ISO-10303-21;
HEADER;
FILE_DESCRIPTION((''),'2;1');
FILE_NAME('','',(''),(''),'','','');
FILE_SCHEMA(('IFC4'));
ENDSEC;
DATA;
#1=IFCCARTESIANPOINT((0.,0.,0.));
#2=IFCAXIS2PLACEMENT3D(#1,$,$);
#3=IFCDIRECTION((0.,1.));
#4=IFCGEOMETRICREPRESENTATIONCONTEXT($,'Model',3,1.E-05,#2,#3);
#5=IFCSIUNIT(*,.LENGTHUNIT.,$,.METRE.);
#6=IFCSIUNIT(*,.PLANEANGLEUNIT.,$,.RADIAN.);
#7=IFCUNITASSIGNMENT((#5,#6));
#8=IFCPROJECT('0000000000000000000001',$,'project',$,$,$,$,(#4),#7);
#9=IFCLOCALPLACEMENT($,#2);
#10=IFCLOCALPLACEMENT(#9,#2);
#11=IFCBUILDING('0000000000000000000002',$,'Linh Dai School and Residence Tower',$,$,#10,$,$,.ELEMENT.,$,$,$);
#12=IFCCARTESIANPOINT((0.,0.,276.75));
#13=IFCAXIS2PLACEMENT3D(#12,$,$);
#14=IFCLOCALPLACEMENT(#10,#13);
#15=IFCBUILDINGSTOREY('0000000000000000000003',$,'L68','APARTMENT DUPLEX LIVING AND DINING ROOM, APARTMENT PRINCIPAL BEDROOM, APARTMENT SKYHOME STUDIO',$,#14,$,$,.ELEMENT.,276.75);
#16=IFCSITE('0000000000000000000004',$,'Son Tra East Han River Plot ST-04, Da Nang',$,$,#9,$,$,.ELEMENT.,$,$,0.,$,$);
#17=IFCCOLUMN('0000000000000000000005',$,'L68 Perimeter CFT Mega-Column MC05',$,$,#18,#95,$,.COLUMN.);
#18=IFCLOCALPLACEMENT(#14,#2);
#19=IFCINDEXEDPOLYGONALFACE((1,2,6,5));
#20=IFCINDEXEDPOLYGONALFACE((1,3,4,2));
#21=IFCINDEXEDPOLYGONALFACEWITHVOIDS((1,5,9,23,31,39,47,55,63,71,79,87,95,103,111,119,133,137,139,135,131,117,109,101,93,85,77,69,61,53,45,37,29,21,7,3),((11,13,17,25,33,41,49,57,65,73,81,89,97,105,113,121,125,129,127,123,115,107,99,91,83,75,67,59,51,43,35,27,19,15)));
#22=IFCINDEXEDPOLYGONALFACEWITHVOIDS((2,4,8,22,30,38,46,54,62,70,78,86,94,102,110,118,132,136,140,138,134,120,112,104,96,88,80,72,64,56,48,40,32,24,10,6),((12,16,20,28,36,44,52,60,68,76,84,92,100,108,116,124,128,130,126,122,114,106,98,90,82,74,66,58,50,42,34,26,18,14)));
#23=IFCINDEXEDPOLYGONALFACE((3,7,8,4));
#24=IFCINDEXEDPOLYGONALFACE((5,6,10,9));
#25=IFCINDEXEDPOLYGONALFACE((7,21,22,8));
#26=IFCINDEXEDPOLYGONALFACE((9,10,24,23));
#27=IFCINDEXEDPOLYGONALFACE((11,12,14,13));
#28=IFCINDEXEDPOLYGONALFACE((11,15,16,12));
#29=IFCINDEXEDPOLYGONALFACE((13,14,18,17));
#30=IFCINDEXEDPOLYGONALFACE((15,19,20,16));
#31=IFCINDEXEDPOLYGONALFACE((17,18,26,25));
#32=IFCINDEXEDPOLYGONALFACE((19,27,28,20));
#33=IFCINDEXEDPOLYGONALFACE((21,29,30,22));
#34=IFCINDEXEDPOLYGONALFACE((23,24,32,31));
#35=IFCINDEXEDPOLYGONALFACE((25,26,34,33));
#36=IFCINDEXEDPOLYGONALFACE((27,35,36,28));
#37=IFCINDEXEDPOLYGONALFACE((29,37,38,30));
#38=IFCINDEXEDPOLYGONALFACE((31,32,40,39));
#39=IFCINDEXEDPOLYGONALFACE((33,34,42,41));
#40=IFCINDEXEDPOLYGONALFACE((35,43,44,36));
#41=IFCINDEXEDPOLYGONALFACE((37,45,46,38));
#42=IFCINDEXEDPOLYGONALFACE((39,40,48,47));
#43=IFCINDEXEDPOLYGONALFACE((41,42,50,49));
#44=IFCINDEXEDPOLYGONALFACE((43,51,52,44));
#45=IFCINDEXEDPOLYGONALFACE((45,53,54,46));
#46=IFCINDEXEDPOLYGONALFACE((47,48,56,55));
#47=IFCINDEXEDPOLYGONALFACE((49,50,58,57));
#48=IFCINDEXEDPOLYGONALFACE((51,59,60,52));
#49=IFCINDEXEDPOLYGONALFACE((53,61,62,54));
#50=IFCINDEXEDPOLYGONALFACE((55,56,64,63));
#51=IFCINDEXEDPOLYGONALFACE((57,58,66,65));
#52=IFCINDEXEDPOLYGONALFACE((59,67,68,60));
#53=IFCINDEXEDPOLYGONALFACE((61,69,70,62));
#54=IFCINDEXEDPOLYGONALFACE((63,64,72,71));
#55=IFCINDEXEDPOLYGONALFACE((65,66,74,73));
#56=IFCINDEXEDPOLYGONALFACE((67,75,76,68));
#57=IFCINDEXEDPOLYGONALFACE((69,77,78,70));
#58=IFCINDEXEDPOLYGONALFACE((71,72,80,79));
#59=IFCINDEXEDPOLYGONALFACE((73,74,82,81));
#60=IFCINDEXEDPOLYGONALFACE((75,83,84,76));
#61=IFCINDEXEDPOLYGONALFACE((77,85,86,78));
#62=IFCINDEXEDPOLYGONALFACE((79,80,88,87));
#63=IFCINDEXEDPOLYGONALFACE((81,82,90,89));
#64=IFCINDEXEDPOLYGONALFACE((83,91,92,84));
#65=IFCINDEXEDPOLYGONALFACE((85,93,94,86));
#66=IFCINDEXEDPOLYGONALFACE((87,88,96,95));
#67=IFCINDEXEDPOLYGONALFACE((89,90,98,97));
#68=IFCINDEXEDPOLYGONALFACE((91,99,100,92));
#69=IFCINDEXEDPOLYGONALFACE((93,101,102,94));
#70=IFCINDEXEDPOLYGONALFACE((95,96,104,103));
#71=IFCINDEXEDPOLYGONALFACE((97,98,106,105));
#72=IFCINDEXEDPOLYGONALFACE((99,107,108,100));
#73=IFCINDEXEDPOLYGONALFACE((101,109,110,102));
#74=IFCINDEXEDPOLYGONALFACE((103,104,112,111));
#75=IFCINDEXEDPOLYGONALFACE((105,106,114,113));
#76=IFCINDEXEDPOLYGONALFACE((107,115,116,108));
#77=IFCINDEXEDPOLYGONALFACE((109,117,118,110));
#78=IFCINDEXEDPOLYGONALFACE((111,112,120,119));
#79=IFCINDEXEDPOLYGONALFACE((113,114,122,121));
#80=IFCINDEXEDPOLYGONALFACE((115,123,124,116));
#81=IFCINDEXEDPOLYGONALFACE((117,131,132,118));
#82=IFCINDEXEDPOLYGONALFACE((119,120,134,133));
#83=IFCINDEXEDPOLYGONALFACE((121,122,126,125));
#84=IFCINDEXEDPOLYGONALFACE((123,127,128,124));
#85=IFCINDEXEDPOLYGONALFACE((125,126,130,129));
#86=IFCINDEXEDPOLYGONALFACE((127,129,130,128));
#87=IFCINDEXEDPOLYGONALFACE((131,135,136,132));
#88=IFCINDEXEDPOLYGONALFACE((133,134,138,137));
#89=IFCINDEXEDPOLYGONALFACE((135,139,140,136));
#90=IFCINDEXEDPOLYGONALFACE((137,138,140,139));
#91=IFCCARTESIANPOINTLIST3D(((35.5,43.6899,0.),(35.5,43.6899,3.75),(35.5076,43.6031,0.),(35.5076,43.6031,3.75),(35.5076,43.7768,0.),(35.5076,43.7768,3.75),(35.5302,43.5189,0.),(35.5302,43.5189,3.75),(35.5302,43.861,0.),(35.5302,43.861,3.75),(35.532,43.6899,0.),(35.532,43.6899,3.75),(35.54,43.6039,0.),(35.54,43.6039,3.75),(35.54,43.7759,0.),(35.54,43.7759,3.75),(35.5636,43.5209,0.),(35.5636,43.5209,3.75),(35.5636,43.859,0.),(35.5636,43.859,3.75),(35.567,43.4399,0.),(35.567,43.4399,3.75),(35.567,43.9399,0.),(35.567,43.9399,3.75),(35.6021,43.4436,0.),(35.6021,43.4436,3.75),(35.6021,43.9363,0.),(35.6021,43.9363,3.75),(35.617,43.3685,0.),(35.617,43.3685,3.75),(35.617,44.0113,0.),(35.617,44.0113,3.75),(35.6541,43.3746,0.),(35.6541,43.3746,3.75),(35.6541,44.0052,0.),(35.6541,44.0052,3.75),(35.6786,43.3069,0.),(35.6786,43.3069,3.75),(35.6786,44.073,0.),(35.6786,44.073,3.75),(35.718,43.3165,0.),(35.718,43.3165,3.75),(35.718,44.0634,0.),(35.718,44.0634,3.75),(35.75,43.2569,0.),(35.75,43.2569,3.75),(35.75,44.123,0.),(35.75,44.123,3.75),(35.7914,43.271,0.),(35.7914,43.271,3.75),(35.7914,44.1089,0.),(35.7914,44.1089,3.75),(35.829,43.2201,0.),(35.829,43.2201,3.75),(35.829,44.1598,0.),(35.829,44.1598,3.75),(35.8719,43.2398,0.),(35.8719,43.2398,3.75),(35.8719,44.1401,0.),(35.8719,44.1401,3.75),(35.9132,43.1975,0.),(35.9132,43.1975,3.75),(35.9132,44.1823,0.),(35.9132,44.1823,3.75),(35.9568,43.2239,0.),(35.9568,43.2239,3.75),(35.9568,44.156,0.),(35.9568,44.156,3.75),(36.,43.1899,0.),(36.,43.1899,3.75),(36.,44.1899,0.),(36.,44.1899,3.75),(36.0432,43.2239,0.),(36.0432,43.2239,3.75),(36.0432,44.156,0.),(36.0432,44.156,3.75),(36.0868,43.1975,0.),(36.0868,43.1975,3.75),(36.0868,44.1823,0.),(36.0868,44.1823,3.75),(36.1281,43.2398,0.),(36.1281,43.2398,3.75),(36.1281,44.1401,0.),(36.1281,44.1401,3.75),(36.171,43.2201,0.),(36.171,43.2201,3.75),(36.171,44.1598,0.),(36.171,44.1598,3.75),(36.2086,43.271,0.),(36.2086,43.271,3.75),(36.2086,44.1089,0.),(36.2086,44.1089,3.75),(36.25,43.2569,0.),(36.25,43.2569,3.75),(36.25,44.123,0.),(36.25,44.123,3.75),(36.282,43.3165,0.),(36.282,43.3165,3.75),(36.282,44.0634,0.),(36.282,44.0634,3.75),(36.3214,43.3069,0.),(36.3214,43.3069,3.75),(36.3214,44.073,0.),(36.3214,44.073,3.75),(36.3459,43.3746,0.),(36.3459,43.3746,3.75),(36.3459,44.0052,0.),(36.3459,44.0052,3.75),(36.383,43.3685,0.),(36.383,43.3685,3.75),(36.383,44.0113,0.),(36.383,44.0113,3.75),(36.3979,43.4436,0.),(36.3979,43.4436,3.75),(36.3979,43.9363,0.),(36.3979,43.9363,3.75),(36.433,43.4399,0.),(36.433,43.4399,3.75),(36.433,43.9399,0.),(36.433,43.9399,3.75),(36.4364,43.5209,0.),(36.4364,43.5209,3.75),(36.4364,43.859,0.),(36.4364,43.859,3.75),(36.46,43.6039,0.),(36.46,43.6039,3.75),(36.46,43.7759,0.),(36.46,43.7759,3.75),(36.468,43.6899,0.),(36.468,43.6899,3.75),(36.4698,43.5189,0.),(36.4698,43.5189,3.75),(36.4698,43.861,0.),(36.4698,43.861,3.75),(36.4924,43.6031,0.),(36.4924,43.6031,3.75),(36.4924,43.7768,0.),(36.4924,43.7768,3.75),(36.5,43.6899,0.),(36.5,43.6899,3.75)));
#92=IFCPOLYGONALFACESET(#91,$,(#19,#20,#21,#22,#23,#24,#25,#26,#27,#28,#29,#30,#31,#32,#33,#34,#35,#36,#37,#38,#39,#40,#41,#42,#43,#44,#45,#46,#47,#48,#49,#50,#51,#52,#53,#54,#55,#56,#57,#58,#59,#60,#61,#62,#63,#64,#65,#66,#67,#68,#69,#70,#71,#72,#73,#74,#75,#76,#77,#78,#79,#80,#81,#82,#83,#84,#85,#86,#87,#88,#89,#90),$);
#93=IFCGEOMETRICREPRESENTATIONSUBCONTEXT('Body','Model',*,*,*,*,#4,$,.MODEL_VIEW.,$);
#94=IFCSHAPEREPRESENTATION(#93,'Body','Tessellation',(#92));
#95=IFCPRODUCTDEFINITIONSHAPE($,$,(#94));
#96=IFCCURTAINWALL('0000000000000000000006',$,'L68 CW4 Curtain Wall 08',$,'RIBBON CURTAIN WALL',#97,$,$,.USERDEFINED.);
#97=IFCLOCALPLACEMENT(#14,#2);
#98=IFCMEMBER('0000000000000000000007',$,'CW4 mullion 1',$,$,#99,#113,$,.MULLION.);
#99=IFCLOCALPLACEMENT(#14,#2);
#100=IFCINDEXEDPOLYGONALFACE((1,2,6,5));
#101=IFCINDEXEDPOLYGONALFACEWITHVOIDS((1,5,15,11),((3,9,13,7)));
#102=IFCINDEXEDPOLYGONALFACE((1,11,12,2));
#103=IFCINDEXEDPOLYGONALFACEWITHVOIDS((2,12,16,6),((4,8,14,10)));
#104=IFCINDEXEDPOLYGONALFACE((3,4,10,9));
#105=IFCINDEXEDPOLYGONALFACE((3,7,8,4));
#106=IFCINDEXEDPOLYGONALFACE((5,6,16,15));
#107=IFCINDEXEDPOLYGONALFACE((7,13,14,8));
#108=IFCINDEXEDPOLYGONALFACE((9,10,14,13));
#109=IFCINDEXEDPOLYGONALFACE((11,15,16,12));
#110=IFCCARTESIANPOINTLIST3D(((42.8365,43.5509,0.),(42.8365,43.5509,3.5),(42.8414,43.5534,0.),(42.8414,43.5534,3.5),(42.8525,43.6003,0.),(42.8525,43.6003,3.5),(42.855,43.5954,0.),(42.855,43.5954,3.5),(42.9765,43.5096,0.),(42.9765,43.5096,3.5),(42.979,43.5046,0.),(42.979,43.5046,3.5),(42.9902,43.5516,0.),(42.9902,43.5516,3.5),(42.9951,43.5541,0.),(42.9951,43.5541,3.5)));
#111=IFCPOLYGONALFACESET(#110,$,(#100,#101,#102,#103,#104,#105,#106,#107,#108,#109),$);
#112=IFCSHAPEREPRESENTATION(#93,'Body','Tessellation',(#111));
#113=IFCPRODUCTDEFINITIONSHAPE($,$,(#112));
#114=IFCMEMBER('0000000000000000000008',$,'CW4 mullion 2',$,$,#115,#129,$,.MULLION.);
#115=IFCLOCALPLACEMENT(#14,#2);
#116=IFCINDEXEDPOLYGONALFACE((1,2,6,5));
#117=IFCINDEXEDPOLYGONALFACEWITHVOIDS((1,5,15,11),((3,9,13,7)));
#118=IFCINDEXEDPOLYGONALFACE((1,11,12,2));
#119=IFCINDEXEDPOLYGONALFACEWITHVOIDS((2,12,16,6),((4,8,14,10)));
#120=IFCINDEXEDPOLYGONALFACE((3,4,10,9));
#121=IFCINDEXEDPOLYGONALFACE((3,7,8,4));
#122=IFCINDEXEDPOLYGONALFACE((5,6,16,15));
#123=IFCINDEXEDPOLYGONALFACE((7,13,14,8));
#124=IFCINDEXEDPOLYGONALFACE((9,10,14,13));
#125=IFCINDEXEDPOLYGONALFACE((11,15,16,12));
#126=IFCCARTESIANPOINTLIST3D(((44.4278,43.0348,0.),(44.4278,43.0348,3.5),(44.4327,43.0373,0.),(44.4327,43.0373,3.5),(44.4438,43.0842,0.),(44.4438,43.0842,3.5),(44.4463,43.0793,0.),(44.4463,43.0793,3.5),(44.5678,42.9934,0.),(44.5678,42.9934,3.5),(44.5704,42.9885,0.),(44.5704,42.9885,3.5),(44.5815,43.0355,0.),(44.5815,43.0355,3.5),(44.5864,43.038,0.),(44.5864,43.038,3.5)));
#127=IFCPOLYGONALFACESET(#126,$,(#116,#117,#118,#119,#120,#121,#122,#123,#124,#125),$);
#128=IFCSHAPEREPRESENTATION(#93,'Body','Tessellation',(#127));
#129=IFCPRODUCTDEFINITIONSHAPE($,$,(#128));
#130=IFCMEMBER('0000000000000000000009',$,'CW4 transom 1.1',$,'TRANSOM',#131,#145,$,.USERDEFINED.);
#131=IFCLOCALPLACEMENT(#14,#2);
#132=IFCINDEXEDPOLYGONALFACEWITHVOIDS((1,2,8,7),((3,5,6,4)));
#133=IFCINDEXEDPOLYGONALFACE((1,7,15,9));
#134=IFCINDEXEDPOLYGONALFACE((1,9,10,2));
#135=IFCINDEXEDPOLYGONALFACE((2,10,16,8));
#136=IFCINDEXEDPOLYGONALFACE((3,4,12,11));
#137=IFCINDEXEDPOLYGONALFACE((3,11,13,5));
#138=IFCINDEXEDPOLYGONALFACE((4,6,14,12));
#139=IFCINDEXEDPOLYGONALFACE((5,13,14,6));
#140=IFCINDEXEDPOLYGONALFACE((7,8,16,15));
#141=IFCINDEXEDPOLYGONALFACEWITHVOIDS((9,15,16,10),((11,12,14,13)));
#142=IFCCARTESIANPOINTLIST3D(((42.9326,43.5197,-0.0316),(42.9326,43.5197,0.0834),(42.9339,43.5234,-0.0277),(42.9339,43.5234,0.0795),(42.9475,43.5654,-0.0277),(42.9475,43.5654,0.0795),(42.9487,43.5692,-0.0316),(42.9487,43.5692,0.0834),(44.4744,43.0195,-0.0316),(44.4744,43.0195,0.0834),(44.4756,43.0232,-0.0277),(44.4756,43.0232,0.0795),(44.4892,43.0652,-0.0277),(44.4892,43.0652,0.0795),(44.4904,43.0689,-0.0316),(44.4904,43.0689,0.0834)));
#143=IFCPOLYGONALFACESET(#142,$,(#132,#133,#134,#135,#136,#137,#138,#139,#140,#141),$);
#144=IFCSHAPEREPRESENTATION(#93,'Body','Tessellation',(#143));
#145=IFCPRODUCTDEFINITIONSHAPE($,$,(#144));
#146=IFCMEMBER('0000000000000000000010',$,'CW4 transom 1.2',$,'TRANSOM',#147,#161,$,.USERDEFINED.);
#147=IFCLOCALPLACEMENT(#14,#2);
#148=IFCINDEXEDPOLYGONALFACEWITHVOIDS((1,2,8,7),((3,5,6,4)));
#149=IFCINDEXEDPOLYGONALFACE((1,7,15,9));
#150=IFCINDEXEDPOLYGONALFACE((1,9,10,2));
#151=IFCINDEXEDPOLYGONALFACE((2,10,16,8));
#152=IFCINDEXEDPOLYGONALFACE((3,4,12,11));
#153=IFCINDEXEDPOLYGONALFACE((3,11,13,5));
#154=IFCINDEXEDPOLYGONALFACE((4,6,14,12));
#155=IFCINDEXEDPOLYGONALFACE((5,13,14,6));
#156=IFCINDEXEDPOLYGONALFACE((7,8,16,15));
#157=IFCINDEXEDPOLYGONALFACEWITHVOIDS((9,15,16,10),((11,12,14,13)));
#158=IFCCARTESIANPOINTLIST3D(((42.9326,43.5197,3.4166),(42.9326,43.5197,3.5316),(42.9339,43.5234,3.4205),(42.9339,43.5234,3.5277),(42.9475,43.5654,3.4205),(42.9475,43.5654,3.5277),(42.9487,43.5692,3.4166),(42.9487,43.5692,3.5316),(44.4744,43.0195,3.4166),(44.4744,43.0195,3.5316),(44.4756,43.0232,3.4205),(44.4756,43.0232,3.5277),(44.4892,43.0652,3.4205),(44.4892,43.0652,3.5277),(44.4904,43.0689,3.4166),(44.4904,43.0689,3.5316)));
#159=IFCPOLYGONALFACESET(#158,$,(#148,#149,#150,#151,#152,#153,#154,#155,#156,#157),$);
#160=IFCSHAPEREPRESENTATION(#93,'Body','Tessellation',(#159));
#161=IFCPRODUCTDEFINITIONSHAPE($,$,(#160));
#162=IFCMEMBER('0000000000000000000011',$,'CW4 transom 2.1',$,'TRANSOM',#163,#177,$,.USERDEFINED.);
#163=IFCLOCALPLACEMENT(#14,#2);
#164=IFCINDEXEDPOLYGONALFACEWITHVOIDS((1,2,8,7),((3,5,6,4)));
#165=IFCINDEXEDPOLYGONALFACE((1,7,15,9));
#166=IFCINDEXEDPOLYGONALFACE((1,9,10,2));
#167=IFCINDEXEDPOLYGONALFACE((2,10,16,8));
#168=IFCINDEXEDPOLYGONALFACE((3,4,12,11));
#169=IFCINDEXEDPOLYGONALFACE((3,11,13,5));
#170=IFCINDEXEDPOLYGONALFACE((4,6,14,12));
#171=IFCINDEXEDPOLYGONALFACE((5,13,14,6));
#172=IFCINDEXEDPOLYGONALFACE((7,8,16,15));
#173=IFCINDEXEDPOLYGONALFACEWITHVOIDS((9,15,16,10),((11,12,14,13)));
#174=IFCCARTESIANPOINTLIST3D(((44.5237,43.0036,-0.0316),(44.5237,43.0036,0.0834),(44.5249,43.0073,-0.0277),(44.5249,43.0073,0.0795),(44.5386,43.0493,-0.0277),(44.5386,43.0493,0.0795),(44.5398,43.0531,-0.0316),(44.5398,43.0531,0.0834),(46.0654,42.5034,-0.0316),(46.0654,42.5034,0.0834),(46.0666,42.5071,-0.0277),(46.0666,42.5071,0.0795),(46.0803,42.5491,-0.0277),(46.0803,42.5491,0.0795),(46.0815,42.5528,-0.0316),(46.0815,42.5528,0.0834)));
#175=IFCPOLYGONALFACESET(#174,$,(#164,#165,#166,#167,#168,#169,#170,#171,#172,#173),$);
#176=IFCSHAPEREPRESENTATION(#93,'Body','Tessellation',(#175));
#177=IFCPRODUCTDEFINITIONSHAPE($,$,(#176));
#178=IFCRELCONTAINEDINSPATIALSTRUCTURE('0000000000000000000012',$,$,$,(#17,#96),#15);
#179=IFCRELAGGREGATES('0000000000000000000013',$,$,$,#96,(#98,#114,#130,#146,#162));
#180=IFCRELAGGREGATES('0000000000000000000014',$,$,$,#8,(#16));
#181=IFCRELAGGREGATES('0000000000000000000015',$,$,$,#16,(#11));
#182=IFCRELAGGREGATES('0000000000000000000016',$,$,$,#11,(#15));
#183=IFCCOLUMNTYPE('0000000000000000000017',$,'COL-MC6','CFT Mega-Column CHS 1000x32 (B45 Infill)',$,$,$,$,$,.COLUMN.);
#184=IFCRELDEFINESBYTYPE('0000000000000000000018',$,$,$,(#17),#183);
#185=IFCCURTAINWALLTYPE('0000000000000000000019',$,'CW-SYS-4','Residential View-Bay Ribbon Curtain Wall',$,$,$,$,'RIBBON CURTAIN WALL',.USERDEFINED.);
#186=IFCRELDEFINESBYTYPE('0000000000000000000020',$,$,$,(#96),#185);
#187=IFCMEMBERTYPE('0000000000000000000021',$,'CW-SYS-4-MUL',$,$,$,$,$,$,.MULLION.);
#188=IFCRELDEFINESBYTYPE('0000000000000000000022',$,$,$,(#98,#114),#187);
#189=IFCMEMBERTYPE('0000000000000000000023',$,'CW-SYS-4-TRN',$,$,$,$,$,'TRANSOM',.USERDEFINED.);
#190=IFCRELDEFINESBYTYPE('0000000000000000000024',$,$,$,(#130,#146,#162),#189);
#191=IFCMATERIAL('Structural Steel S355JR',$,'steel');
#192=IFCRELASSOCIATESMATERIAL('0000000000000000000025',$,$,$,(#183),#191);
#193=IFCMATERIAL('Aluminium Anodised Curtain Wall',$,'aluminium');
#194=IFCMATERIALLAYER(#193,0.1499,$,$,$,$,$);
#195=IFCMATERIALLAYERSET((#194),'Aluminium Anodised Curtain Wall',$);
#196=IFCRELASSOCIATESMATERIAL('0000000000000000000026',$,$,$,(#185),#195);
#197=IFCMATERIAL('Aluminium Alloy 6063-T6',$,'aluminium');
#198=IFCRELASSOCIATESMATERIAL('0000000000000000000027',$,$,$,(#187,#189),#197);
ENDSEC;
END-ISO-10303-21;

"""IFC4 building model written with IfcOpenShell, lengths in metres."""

from ifc_helpers import new_model, si_unit, direction, frame, origin, origin_2d, place, context, subcontext, project, spatial, hollow_rectangle, hollow_circle, extrude, source, transform, mapped, material, layer, layer_set, material_profile, profile_set, type_object, element, aggregate, save


model = new_model("IFC4")

# Units and contexts
model_context = context("Model", 3, precision=1e-05, world=origin(), true_north=direction((0.0, 1.0)))
body_context = subcontext(model_context, "Body", "Model", "MODEL_VIEW")
ifc_project = project(units=[si_unit("LENGTHUNIT", "METRE"), si_unit("PLANEANGLEUNIT", "RADIAN")], contexts=[model_context])

# Site, building, storey
site_placement = place(None, origin())
site = spatial("IfcSite", under=ifc_project, at=site_placement, Name="Son Tra East Han River Plot ST-04, Da Nang", CompositionType="ELEMENT", RefElevation=0.0)
building_placement = place(site_placement, origin())
building = spatial("IfcBuilding", under=site, at=building_placement, Name="Linh Dai School and Residence Tower", CompositionType="ELEMENT")
storey_placement = place(building_placement, frame((0.0, 0.0, 276.75)))
storey = spatial("IfcBuildingStorey", under=building, at=storey_placement, Name="L68", Description="APARTMENT DUPLEX LIVING AND DINING ROOM, APARTMENT PRINCIPAL BEDROOM, APARTMENT SKYHOME STUDIO", CompositionType="ELEMENT", Elevation=276.75)

# Column
ifc_material_1 = material(Name="Structural Steel S355JR", Category="steel")
ifc_material_profile_1 = material_profile(ifc_material_1, hollow_circle(Radius=0.5, WallThickness=0.032, at=origin_2d()), Name="CHS 1000x32")
ifc_profile_set_1 = profile_set([ifc_material_profile_1], Name="Structural Steel S355JR")
column_type = type_object("IfcColumnType", Name="COL-MC6", Description="CFT Mega-Column CHS 1000x32 (B45 Infill)", PredefinedType="COLUMN", material=ifc_profile_set_1)
column_placement = place(storey_placement, frame((36.0, 43.6899, 0.0), z_axis=(0.0, 0.0, 1.0), x_axis=(1.0, 0.0, 0.0)))
element("IfcColumn", 1, at=column_placement, inside=storey, type_object=column_type, Name="L68 Perimeter CFT Mega-Column MC05", PredefinedType="COLUMN", context=body_context, shape_type="SweptSolid", body=[
    extrude(hollow_circle(Radius=0.5, WallThickness=0.032, at=origin_2d()), origin(), (0.0, 0.0, 1.0), 3.75),
])

# Curtain wall, members
ifc_material_2 = material(Name="Aluminium Anodised Curtain Wall", Category="aluminium")
ifc_layer_1 = layer(ifc_material_2, 0.1499)
ifc_layer_set_1 = layer_set([ifc_layer_1], Name="Aluminium Anodised Curtain Wall")
curtain_wall_type = type_object("IfcCurtainWallType", Name="CW-SYS-4", Description="Residential View-Bay Ribbon Curtain Wall", ElementType="RIBBON CURTAIN WALL", PredefinedType="USERDEFINED", material=ifc_layer_set_1)
curtain_wall_placement = place(storey_placement, origin())
curtain_wall = element("IfcCurtainWall", 2, at=curtain_wall_placement, inside=storey, type_object=curtain_wall_type, Name="L68 CW4 Curtain Wall 08", ObjectType="RIBBON CURTAIN WALL", PredefinedType="USERDEFINED")
ifc_material_3 = material(Name="Aluminium Alloy 6063-T6", Category="aluminium")
ifc_material_profile_2 = material_profile(ifc_material_3, hollow_rectangle(XDim=0.052, YDim=0.1499, WallThickness=0.0039, at=origin_2d()), Name="RHS 150x52x4")
ifc_profile_set_2 = profile_set([ifc_material_profile_2], Name="Aluminium Alloy 6063-T6")
member_type_1 = type_object("IfcMemberType", Name="CW-SYS-4-MUL", PredefinedType="MULLION", material=ifc_profile_set_2)
shared_shape_1 = source(origin(), body_context, "Body", "SweptSolid", [
    extrude(hollow_rectangle(XDim=0.052, YDim=0.1499, WallThickness=0.0039, at=origin_2d()), origin(), (0.0, 0.0, 1.0), 3.5),
])
member_1_placement = place(storey_placement, frame((42.9158, 43.5525, 0.0), z_axis=(0.0, 0.0, 1.0), x_axis=(0.308519, 0.951218, 0.0)))
member_1 = element("IfcMember", 3, at=member_1_placement, type_object=member_type_1, Name="CW4 mullion 1", PredefinedType="MULLION", context=body_context, shape_type="MappedRepresentation", body=[
    mapped(shared_shape_1, transform((0.0, 0.0, 0.0), x_axis=(1.0, 0.0, 0.0), y_axis=(0.0, 1.0, 0.0), z_axis=(0.0, 0.0, 1.0), scale=1.0)),
])
member_2_placement = place(storey_placement, frame((44.5071, 43.0364, 0.0), z_axis=(0.0, 0.0, 1.0), x_axis=(0.308519, 0.951218, 0.0)))
member_2 = element("IfcMember", 4, at=member_2_placement, type_object=member_type_1, Name="CW4 mullion 2", PredefinedType="MULLION", context=body_context, shape_type="MappedRepresentation", body=[
    mapped(shared_shape_1, transform((0.0, 0.0, 0.0), x_axis=(1.0, 0.0, 0.0), y_axis=(0.0, 1.0, 0.0), z_axis=(0.0, 0.0, 1.0), scale=1.0)),
])
ifc_material_profile_3 = material_profile(ifc_material_3, hollow_rectangle(XDim=0.052, YDim=0.115, WallThickness=0.0039, at=origin_2d()), Name="RHS 115x52x4")
ifc_profile_set_3 = profile_set([ifc_material_profile_3], Name="Aluminium Alloy 6063-T6")
member_type_2 = type_object("IfcMemberType", Name="CW-SYS-4-TRN", ElementType="TRANSOM", PredefinedType="USERDEFINED", material=ifc_profile_set_3)
shared_shape_2 = source(origin(), body_context, "Body", "SweptSolid", [
    extrude(hollow_rectangle(XDim=0.052, YDim=0.115, WallThickness=0.0039, at=origin_2d()), origin(), (0.0, 0.0, 1.0), 1.6208),
])
member_3_placement = place(storey_placement, frame((42.9407, 43.5444, 0.0259), z_axis=(0.951183, -0.308626, 0.0), x_axis=(0.308626, 0.951183, 0.0)))
member_3 = element("IfcMember", 5, at=member_3_placement, type_object=member_type_2, Name="CW4 transom 1.1", ObjectType="TRANSOM", PredefinedType="USERDEFINED", context=body_context, shape_type="MappedRepresentation", body=[
    mapped(shared_shape_2, transform((0.0, 0.0, 0.0), x_axis=(1.0, 0.0, 0.0), y_axis=(0.0, 1.0, 0.0), z_axis=(0.0, 0.0, 1.0), scale=1.0)),
])
member_4_placement = place(storey_placement, frame((42.9407, 43.5444, 3.4741), z_axis=(0.951183, -0.308626, 0.0), x_axis=(0.308626, 0.951183, 0.0)))
member_4 = element("IfcMember", 6, at=member_4_placement, type_object=member_type_2, Name="CW4 transom 1.2", ObjectType="TRANSOM", PredefinedType="USERDEFINED", context=body_context, shape_type="MappedRepresentation", body=[
    mapped(shared_shape_2, transform((0.0, 0.0, 0.0), x_axis=(1.0, 0.0, 0.0), y_axis=(0.0, 1.0, 0.0), z_axis=(0.0, 0.0, 1.0), scale=1.0)),
])
member_5_placement = place(storey_placement, frame((44.5317, 43.0283, 0.0259), z_axis=(0.951183, -0.308626, 0.0), x_axis=(0.308626, 0.951183, 0.0)))
member_5 = element("IfcMember", 7, at=member_5_placement, type_object=member_type_2, Name="CW4 transom 2.1", ObjectType="TRANSOM", PredefinedType="USERDEFINED", context=body_context, shape_type="MappedRepresentation", body=[
    mapped(shared_shape_2, transform((0.0, 0.0, 0.0), x_axis=(1.0, 0.0, 0.0), y_axis=(0.0, 1.0, 0.0), z_axis=(0.0, 0.0, 1.0), scale=1.0)),
])

aggregate(curtain_wall, [member_1, member_2, member_3, member_4, member_5])

save(model, "model.ifc")
